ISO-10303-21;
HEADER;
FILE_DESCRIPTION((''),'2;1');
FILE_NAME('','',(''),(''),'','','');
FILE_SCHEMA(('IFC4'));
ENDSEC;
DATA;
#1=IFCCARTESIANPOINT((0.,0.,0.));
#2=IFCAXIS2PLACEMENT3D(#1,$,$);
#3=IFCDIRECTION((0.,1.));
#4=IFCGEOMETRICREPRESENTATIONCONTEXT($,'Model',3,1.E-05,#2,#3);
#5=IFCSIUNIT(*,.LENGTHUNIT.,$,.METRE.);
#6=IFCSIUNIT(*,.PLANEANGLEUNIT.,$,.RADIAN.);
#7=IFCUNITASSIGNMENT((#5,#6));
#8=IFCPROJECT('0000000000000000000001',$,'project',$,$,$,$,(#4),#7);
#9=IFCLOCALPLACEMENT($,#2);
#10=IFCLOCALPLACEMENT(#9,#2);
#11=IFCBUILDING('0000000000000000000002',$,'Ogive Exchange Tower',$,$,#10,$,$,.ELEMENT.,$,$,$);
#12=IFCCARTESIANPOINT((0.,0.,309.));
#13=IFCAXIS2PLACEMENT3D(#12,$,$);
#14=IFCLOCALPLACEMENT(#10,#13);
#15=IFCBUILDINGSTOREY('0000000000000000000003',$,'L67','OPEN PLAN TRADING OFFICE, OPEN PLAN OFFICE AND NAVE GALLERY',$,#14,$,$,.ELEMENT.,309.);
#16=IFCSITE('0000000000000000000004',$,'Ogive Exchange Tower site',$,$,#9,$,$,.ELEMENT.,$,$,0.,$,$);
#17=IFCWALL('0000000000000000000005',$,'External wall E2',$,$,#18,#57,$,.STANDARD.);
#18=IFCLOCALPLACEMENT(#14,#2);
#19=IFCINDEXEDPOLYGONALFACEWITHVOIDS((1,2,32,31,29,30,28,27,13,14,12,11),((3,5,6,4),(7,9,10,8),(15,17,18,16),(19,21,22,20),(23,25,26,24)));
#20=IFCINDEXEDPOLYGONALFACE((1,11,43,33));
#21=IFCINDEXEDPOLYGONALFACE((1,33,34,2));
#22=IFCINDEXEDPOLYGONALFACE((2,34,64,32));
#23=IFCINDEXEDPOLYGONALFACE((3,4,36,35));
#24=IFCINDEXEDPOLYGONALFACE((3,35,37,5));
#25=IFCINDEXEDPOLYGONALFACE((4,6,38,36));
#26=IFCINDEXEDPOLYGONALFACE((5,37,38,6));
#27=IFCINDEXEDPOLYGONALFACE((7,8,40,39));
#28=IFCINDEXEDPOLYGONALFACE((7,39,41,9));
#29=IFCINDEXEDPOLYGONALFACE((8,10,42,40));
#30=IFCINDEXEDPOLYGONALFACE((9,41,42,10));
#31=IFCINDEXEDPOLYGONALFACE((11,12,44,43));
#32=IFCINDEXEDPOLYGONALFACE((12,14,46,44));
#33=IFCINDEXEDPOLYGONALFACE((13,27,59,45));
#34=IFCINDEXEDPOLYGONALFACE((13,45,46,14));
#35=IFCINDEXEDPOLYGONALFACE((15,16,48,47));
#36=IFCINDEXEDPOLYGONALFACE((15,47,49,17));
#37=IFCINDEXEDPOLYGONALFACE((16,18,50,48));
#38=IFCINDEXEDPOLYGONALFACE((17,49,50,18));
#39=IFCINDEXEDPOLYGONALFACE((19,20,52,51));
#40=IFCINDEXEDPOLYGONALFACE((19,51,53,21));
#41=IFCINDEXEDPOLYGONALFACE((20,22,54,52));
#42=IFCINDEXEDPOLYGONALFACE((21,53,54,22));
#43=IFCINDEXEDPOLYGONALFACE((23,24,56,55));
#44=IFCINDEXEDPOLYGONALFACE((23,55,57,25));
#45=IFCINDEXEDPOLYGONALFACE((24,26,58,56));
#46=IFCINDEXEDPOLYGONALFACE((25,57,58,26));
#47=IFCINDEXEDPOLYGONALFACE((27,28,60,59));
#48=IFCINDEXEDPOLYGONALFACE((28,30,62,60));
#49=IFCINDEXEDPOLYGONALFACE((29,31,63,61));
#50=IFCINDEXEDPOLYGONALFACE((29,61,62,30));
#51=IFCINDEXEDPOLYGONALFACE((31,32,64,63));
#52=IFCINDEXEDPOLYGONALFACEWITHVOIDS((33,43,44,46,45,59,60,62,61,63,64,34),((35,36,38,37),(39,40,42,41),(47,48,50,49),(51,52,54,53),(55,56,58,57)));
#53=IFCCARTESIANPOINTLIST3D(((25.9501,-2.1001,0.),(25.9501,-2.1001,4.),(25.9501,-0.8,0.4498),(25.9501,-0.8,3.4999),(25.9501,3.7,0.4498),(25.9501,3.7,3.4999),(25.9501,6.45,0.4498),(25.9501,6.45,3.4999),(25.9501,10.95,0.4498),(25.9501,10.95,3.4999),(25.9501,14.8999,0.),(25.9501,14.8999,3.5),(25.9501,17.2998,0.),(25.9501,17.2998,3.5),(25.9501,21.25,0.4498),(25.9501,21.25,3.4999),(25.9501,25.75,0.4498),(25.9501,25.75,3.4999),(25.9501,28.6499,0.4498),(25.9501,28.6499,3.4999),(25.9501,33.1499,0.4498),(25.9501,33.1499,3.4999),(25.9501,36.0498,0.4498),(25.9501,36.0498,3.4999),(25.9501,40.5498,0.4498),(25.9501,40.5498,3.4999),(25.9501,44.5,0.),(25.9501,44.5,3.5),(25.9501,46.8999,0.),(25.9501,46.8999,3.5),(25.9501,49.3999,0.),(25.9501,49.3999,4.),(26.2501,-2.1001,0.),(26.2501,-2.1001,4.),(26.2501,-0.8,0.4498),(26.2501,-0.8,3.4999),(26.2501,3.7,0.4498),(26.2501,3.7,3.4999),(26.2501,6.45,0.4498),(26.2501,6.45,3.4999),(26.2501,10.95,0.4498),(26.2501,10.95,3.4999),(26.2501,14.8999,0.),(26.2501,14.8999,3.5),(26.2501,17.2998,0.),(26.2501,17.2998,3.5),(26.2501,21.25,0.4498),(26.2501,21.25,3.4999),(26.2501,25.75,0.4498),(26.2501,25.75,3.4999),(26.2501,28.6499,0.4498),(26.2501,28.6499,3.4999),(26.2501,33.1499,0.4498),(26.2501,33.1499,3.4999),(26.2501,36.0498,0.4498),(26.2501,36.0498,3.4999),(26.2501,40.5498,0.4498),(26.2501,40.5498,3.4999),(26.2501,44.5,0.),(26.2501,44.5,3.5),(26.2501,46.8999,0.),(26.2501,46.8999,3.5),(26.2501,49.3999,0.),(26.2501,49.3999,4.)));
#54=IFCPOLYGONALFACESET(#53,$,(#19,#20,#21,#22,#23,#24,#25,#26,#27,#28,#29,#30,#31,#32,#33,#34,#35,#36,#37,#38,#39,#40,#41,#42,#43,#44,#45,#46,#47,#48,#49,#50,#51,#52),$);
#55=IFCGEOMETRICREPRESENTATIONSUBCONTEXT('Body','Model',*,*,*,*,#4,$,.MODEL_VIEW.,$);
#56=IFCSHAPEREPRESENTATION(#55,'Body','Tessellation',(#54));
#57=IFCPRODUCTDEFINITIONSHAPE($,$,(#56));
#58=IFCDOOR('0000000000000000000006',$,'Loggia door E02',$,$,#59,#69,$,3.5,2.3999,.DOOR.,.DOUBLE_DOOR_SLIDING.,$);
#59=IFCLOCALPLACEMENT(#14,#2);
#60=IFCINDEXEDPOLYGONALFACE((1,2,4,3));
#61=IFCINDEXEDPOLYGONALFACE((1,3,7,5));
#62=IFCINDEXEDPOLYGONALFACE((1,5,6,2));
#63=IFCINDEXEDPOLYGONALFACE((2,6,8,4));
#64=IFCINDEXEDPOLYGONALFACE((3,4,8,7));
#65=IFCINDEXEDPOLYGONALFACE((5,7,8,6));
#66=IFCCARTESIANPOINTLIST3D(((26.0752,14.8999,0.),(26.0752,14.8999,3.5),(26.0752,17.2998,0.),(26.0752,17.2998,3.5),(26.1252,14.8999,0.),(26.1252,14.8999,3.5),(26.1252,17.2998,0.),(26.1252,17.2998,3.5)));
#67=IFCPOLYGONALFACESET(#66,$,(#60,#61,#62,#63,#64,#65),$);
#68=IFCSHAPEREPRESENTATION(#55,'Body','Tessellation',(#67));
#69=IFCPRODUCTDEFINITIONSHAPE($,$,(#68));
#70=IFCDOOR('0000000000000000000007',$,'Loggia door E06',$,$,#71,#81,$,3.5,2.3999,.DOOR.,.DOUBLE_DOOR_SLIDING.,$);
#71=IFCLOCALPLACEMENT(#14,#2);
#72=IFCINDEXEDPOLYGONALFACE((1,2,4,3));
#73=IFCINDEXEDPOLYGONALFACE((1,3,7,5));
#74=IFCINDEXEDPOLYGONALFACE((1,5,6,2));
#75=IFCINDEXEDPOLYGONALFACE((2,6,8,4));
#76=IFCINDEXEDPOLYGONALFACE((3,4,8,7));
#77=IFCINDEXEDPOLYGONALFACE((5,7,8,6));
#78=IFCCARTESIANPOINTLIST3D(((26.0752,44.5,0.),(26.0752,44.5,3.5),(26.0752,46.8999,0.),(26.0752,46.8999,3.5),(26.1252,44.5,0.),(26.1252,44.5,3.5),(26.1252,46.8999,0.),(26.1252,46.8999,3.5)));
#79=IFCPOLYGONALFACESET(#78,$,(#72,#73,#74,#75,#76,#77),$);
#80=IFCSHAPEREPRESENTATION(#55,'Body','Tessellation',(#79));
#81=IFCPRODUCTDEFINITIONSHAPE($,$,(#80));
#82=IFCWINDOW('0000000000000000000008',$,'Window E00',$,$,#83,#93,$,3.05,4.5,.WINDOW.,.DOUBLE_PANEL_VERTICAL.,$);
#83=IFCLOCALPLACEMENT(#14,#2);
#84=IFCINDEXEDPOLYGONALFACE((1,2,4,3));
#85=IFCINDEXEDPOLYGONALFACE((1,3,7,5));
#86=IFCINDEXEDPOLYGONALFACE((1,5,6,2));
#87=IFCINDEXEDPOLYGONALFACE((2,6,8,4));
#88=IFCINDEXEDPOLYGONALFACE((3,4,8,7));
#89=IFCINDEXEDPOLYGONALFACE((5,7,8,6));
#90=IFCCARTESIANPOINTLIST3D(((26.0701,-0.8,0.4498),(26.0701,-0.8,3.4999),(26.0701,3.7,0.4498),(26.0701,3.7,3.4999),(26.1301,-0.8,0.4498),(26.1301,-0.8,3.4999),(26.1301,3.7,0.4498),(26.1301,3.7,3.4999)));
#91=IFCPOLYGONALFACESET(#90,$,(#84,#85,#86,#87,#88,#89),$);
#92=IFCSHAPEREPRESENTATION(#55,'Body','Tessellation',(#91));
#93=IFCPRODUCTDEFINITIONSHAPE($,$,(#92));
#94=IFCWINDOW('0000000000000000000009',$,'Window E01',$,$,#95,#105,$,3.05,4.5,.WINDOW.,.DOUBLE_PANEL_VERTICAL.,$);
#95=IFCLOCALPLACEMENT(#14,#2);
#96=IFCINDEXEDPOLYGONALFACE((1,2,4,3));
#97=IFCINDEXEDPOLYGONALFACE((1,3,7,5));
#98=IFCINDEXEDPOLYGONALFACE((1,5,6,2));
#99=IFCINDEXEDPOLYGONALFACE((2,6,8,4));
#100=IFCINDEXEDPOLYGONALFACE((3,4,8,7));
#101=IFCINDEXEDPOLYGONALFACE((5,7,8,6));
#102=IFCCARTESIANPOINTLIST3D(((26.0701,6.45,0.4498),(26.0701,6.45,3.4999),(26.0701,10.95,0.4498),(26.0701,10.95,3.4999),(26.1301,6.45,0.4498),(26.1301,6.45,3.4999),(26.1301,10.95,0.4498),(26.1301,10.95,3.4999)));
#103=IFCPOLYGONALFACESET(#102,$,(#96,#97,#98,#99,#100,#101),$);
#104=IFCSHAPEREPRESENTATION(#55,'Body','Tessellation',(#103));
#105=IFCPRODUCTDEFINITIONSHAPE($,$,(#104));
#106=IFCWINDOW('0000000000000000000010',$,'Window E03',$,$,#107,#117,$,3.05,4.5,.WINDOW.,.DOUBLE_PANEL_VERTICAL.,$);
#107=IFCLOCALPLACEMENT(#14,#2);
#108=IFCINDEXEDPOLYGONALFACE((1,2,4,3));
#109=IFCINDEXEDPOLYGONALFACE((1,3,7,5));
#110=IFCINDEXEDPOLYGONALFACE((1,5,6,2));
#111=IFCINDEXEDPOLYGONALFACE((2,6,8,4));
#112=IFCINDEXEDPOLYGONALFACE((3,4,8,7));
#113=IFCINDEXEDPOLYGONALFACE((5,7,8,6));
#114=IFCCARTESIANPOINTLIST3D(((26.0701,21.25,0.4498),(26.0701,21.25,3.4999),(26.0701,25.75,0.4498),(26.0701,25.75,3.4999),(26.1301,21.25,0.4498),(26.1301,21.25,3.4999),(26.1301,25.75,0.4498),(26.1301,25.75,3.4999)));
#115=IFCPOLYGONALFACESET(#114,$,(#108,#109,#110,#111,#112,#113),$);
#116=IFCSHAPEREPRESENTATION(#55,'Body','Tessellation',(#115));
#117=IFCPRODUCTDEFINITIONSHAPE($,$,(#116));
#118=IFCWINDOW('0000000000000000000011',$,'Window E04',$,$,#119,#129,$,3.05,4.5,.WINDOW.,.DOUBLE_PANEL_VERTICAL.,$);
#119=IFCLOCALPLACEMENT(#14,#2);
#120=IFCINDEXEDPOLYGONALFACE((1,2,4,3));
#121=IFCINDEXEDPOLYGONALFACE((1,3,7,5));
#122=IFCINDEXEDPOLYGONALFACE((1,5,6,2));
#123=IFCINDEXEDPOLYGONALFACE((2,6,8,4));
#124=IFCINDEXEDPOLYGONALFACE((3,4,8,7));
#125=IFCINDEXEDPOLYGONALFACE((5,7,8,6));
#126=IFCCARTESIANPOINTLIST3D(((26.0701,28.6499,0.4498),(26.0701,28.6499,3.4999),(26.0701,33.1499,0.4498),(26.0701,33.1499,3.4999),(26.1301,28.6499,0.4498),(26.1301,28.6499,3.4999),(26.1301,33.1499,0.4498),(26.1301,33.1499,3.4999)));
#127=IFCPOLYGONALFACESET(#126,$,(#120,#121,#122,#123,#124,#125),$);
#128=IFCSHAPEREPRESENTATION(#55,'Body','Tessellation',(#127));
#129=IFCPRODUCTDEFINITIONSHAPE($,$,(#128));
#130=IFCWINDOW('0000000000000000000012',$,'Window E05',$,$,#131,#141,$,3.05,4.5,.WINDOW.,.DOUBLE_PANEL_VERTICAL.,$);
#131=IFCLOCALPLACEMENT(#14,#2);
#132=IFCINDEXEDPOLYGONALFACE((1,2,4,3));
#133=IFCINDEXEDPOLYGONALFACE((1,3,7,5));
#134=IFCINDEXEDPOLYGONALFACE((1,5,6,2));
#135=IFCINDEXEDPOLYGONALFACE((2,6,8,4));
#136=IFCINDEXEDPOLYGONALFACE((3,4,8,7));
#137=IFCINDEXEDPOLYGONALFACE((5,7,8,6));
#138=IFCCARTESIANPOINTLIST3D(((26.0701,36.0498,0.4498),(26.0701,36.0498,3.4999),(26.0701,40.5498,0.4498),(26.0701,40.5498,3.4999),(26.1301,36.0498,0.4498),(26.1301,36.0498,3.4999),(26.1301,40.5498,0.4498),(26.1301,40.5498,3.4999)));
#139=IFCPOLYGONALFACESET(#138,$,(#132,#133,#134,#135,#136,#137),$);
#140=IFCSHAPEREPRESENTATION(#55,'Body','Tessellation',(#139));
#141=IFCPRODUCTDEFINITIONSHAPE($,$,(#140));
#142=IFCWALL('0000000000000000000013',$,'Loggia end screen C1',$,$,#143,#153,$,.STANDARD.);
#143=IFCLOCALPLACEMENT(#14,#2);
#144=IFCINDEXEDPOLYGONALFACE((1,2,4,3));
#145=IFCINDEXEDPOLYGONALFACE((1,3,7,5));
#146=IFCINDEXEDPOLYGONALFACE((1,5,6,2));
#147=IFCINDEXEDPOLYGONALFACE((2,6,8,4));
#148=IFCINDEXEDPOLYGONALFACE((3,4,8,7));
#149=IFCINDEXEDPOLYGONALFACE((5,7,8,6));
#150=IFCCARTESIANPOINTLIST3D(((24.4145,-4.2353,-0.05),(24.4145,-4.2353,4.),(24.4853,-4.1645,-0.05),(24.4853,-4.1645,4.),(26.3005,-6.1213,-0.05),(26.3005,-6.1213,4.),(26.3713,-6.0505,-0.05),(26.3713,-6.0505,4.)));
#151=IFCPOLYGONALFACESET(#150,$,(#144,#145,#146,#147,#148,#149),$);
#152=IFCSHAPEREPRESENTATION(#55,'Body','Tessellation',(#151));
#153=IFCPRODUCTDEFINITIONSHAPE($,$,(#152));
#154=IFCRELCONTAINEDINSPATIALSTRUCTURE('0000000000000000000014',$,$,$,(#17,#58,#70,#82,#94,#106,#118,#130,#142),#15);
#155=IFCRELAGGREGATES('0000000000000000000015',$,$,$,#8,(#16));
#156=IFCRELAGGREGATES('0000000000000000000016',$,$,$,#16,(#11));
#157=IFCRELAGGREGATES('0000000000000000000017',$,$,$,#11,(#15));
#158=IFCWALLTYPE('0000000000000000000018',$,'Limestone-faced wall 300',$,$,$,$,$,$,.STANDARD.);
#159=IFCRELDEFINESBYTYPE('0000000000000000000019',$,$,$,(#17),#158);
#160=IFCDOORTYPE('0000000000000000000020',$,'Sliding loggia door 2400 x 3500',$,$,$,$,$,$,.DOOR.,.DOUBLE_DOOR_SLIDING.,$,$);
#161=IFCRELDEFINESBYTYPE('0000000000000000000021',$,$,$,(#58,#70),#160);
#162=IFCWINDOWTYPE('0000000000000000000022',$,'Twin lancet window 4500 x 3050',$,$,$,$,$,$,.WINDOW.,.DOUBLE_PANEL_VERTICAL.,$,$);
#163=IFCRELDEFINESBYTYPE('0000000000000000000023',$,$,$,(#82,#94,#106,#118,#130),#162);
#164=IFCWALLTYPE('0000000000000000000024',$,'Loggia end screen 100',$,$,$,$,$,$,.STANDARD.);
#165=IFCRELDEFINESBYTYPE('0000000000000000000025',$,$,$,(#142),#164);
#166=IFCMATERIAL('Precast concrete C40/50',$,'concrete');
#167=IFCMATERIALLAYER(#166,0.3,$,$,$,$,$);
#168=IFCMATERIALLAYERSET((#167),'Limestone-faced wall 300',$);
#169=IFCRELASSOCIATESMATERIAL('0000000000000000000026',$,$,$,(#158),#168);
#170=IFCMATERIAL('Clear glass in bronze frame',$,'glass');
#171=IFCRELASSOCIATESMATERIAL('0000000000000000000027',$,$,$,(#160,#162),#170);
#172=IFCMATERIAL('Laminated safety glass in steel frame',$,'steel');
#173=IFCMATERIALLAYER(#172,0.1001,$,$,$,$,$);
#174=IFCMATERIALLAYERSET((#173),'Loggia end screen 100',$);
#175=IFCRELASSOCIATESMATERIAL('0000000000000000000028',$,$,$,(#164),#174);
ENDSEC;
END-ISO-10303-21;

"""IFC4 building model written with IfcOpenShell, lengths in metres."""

from ifc_helpers import new_model, si_unit, direction, frame, frame_2d, origin, place, context, subcontext, project, spatial, rectangle, extrude, material, layer, layer_set, type_object, element, fill, save


model = new_model("IFC4")

# Units and contexts
model_context = context("Model", 3, precision=1e-05, world=origin(), true_north=direction((0.0, 1.0)))
body_context = subcontext(model_context, "Body", "Model", "MODEL_VIEW")
ifc_project = project(units=[si_unit("LENGTHUNIT", "METRE"), si_unit("PLANEANGLEUNIT", "RADIAN")], contexts=[model_context])

# Site, building, storey
site_placement = place(None, origin())
site = spatial("IfcSite", under=ifc_project, at=site_placement, Name="Ogive Exchange Tower site", CompositionType="ELEMENT", RefElevation=0.0)
building_placement = place(site_placement, origin())
building = spatial("IfcBuilding", under=site, at=building_placement, Name="Ogive Exchange Tower", CompositionType="ELEMENT")
storey_placement = place(building_placement, frame((0.0, 0.0, 309.0)))
storey = spatial("IfcBuildingStorey", under=building, at=storey_placement, Name="L67", Description="OPEN PLAN TRADING OFFICE, OPEN PLAN OFFICE AND NAVE GALLERY", CompositionType="ELEMENT", Elevation=309.0)

# Wall, openings, doors, windows
ifc_material_1 = material(Name="Precast concrete C40/50", Category="concrete")
ifc_layer_1 = layer(ifc_material_1, 0.3)
ifc_layer_set_1 = layer_set([ifc_layer_1], Name="Limestone-faced wall 300")
wall_type_1 = type_object("IfcWallType", Name="Limestone-faced wall 300", PredefinedType="STANDARD", material=ifc_layer_set_1)
wall_1_placement = place(storey_placement, frame((26.1001, -2.1001, 0.0), z_axis=(0.0, 0.0, 1.0), x_axis=(0.0, 1.0, 0.0)))
wall_1 = element("IfcWall", 1, at=wall_1_placement, inside=storey, type_object=wall_type_1, Name="External wall E2", PredefinedType="STANDARD", context=body_context, shape_type="SweptSolid", body=[
    extrude(rectangle(XDim=51.5, YDim=0.3, at=frame_2d((25.75, 0.0))), origin(), (0.0, 0.0, 1.0), 4.0),
])
opening_1_placement = place(wall_1_placement, frame((1.3, 0.0, 0.45)))
opening_1 = element("IfcOpeningElement", 2, at=opening_1_placement, cuts=wall_1, PredefinedType="OPENING", context=body_context, shape_type="SweptSolid", body=[
    extrude(rectangle(XDim=4.5, YDim=3.05, at=frame_2d((2.25, 1.5249))), frame((0.0, 0.1599, 0.0), z_axis=(0.0, -1.0, 0.0), x_axis=(1.0, 0.0, 0.0)), (0.0, 0.0, 1.0), 0.3201),
])
opening_2_placement = place(wall_1_placement, frame((8.55, 0.0, 0.45)))
opening_2 = element("IfcOpeningElement", 3, at=opening_2_placement, cuts=wall_1, PredefinedType="OPENING", context=body_context, shape_type="SweptSolid", body=[
    extrude(rectangle(XDim=4.5, YDim=3.05, at=frame_2d((2.25, 1.5249))), frame((0.0, 0.1599, 0.0), z_axis=(0.0, -1.0, 0.0), x_axis=(1.0, 0.0, 0.0)), (0.0, 0.0, 1.0), 0.3201),
])
opening_3_placement = place(wall_1_placement, frame((17.0, 0.0, 0.0)))
opening_3 = element("IfcOpeningElement", 4, at=opening_3_placement, cuts=wall_1, PredefinedType="OPENING", context=body_context, shape_type="SweptSolid", body=[
    extrude(rectangle(XDim=2.3999, YDim=3.5, at=frame_2d((1.2, 1.75))), frame((0.0, 0.1599, 0.0), z_axis=(0.0, -1.0, 0.0), x_axis=(1.0, 0.0, 0.0)), (0.0, 0.0, 1.0), 0.3201),
])
opening_4_placement = place(wall_1_placement, frame((23.3501, 0.0, 0.45)))
opening_4 = element("IfcOpeningElement", 5, at=opening_4_placement, cuts=wall_1, PredefinedType="OPENING", context=body_context, shape_type="SweptSolid", body=[
    extrude(rectangle(XDim=4.5, YDim=3.05, at=frame_2d((2.25, 1.5249))), frame((0.0, 0.1599, 0.0), z_axis=(0.0, -1.0, 0.0), x_axis=(1.0, 0.0, 0.0)), (0.0, 0.0, 1.0), 0.3201),
])
opening_5_placement = place(wall_1_placement, frame((30.75, 0.0, 0.45)))
opening_5 = element("IfcOpeningElement", 6, at=opening_5_placement, cuts=wall_1, PredefinedType="OPENING", context=body_context, shape_type="SweptSolid", body=[
    extrude(rectangle(XDim=4.5, YDim=3.05, at=frame_2d((2.25, 1.5249))), frame((0.0, 0.1599, 0.0), z_axis=(0.0, -1.0, 0.0), x_axis=(1.0, 0.0, 0.0)), (0.0, 0.0, 1.0), 0.3201),
])
opening_6_placement = place(wall_1_placement, frame((38.1499, 0.0, 0.45)))
opening_6 = element("IfcOpeningElement", 7, at=opening_6_placement, cuts=wall_1, PredefinedType="OPENING", context=body_context, shape_type="SweptSolid", body=[
    extrude(rectangle(XDim=4.5, YDim=3.05, at=frame_2d((2.25, 1.5249))), frame((0.0, 0.1599, 0.0), z_axis=(0.0, -1.0, 0.0), x_axis=(1.0, 0.0, 0.0)), (0.0, 0.0, 1.0), 0.3201),
])
opening_7_placement = place(wall_1_placement, frame((46.6001, 0.0, 0.0)))
opening_7 = element("IfcOpeningElement", 8, at=opening_7_placement, cuts=wall_1, PredefinedType="OPENING", context=body_context, shape_type="SweptSolid", body=[
    extrude(rectangle(XDim=2.3999, YDim=3.5, at=frame_2d((1.2, 1.75))), frame((0.0, 0.1599, 0.0), z_axis=(0.0, -1.0, 0.0), x_axis=(1.0, 0.0, 0.0)), (0.0, 0.0, 1.0), 0.3201),
])
ifc_material_2 = material(Name="Clear glass in bronze frame", Category="glass")
door_type_1 = type_object("IfcDoorType", Name="Sliding loggia door 2400 x 3500", OperationType="DOUBLE_DOOR_SLIDING", PredefinedType="DOOR", material=ifc_material_2)
door_1_placement = place(opening_3_placement, origin())
door_1 = element("IfcDoor", 9, at=door_1_placement, inside=storey, type_object=door_type_1, Name="Loggia door E02", OperationType="DOUBLE_DOOR_SLIDING", OverallHeight=3.5, OverallWidth=2.3999, PredefinedType="DOOR", context=body_context, shape_type="SweptSolid", body=[
    extrude(rectangle(XDim=2.3999, YDim=3.5, at=frame_2d((1.2, 1.75))), frame((0.0, 0.0249, 0.0), z_axis=(0.0, -1.0, 0.0), x_axis=(1.0, 0.0, 0.0)), (0.0, 0.0, 1.0), 0.05),
])
fill(opening_3, door_1)
door_2_placement = place(opening_7_placement, origin())
door_2 = element("IfcDoor", 10, at=door_2_placement, inside=storey, type_object=door_type_1, Name="Loggia door E06", OperationType="DOUBLE_DOOR_SLIDING", OverallHeight=3.5, OverallWidth=2.3999, PredefinedType="DOOR", context=body_context, shape_type="SweptSolid", body=[
    extrude(rectangle(XDim=2.3999, YDim=3.5, at=frame_2d((1.2, 1.75))), frame((0.0, 0.0249, 0.0), z_axis=(0.0, -1.0, 0.0), x_axis=(1.0, 0.0, 0.0)), (0.0, 0.0, 1.0), 0.05),
])
fill(opening_7, door_2)
window_type = type_object("IfcWindowType", Name="Twin lancet window 4500 x 3050", PartitioningType="DOUBLE_PANEL_VERTICAL", PredefinedType="WINDOW", material=ifc_material_2)
window_1_placement = place(opening_1_placement, origin())
window_1 = element("IfcWindow", 11, at=window_1_placement, inside=storey, type_object=window_type, Name="Window E00", OverallHeight=3.05, OverallWidth=4.5, PartitioningType="DOUBLE_PANEL_VERTICAL", PredefinedType="WINDOW", context=body_context, shape_type="SweptSolid", body=[
    extrude(rectangle(XDim=4.5, YDim=3.05, at=frame_2d((2.25, 1.5249))), frame((0.0, 0.03, 0.0), z_axis=(0.0, -1.0, 0.0), x_axis=(1.0, 0.0, 0.0)), (0.0, 0.0, 1.0), 0.0601),
])
fill(opening_1, window_1)
window_2_placement = place(opening_2_placement, origin())
window_2 = element("IfcWindow", 12, at=window_2_placement, inside=storey, type_object=window_type, Name="Window E01", OverallHeight=3.05, OverallWidth=4.5, PartitioningType="DOUBLE_PANEL_VERTICAL", PredefinedType="WINDOW", context=body_context, shape_type="SweptSolid", body=[
    extrude(rectangle(XDim=4.5, YDim=3.05, at=frame_2d((2.25, 1.5249))), frame((0.0, 0.03, 0.0), z_axis=(0.0, -1.0, 0.0), x_axis=(1.0, 0.0, 0.0)), (0.0, 0.0, 1.0), 0.0601),
])
fill(opening_2, window_2)
window_3_placement = place(opening_4_placement, origin())
window_3 = element("IfcWindow", 13, at=window_3_placement, inside=storey, type_object=window_type, Name="Window E03", OverallHeight=3.05, OverallWidth=4.5, PartitioningType="DOUBLE_PANEL_VERTICAL", PredefinedType="WINDOW", context=body_context, shape_type="SweptSolid", body=[
    extrude(rectangle(XDim=4.5, YDim=3.05, at=frame_2d((2.25, 1.5249))), frame((0.0, 0.03, 0.0), z_axis=(0.0, -1.0, 0.0), x_axis=(1.0, 0.0, 0.0)), (0.0, 0.0, 1.0), 0.0601),
])
fill(opening_4, window_3)
window_4_placement = place(opening_5_placement, origin())
window_4 = element("IfcWindow", 14, at=window_4_placement, inside=storey, type_object=window_type, Name="Window E04", OverallHeight=3.05, OverallWidth=4.5, PartitioningType="DOUBLE_PANEL_VERTICAL", PredefinedType="WINDOW", context=body_context, shape_type="SweptSolid", body=[
    extrude(rectangle(XDim=4.5, YDim=3.05, at=frame_2d((2.25, 1.5249))), frame((0.0, 0.03, 0.0), z_axis=(0.0, -1.0, 0.0), x_axis=(1.0, 0.0, 0.0)), (0.0, 0.0, 1.0), 0.0601),
])
fill(opening_5, window_4)
window_5_placement = place(opening_6_placement, origin())
window_5 = element("IfcWindow", 15, at=window_5_placement, inside=storey, type_object=window_type, Name="Window E05", OverallHeight=3.05, OverallWidth=4.5, PartitioningType="DOUBLE_PANEL_VERTICAL", PredefinedType="WINDOW", context=body_context, shape_type="SweptSolid", body=[
    extrude(rectangle(XDim=4.5, YDim=3.05, at=frame_2d((2.25, 1.5249))), frame((0.0, 0.03, 0.0), z_axis=(0.0, -1.0, 0.0), x_axis=(1.0, 0.0, 0.0)), (0.0, 0.0, 1.0), 0.0601),
])
fill(opening_6, window_5)

# Wall
ifc_material_3 = material(Name="Laminated safety glass in steel frame", Category="steel")
ifc_layer_2 = layer(ifc_material_3, 0.1001)
ifc_layer_set_2 = layer_set([ifc_layer_2], Name="Loggia end screen 100")
wall_type_2 = type_object("IfcWallType", Name="Loggia end screen 100", PredefinedType="STANDARD", material=ifc_layer_set_2)
wall_2_placement = place(storey_placement, frame((24.45, -4.2, -0.05), z_axis=(0.0, 0.0, 1.0), x_axis=(0.707107, -0.707107, 0.0)))
element("IfcWall", 16, at=wall_2_placement, inside=storey, type_object=wall_type_2, Name="Loggia end screen C1", PredefinedType="STANDARD", context=body_context, shape_type="SweptSolid", body=[
    extrude(rectangle(XDim=2.6672, YDim=0.1001, at=frame_2d((1.3335, 0.0))), origin(), (0.0, 0.0, 1.0), 4.05),
])

save(model, "model.ifc")
